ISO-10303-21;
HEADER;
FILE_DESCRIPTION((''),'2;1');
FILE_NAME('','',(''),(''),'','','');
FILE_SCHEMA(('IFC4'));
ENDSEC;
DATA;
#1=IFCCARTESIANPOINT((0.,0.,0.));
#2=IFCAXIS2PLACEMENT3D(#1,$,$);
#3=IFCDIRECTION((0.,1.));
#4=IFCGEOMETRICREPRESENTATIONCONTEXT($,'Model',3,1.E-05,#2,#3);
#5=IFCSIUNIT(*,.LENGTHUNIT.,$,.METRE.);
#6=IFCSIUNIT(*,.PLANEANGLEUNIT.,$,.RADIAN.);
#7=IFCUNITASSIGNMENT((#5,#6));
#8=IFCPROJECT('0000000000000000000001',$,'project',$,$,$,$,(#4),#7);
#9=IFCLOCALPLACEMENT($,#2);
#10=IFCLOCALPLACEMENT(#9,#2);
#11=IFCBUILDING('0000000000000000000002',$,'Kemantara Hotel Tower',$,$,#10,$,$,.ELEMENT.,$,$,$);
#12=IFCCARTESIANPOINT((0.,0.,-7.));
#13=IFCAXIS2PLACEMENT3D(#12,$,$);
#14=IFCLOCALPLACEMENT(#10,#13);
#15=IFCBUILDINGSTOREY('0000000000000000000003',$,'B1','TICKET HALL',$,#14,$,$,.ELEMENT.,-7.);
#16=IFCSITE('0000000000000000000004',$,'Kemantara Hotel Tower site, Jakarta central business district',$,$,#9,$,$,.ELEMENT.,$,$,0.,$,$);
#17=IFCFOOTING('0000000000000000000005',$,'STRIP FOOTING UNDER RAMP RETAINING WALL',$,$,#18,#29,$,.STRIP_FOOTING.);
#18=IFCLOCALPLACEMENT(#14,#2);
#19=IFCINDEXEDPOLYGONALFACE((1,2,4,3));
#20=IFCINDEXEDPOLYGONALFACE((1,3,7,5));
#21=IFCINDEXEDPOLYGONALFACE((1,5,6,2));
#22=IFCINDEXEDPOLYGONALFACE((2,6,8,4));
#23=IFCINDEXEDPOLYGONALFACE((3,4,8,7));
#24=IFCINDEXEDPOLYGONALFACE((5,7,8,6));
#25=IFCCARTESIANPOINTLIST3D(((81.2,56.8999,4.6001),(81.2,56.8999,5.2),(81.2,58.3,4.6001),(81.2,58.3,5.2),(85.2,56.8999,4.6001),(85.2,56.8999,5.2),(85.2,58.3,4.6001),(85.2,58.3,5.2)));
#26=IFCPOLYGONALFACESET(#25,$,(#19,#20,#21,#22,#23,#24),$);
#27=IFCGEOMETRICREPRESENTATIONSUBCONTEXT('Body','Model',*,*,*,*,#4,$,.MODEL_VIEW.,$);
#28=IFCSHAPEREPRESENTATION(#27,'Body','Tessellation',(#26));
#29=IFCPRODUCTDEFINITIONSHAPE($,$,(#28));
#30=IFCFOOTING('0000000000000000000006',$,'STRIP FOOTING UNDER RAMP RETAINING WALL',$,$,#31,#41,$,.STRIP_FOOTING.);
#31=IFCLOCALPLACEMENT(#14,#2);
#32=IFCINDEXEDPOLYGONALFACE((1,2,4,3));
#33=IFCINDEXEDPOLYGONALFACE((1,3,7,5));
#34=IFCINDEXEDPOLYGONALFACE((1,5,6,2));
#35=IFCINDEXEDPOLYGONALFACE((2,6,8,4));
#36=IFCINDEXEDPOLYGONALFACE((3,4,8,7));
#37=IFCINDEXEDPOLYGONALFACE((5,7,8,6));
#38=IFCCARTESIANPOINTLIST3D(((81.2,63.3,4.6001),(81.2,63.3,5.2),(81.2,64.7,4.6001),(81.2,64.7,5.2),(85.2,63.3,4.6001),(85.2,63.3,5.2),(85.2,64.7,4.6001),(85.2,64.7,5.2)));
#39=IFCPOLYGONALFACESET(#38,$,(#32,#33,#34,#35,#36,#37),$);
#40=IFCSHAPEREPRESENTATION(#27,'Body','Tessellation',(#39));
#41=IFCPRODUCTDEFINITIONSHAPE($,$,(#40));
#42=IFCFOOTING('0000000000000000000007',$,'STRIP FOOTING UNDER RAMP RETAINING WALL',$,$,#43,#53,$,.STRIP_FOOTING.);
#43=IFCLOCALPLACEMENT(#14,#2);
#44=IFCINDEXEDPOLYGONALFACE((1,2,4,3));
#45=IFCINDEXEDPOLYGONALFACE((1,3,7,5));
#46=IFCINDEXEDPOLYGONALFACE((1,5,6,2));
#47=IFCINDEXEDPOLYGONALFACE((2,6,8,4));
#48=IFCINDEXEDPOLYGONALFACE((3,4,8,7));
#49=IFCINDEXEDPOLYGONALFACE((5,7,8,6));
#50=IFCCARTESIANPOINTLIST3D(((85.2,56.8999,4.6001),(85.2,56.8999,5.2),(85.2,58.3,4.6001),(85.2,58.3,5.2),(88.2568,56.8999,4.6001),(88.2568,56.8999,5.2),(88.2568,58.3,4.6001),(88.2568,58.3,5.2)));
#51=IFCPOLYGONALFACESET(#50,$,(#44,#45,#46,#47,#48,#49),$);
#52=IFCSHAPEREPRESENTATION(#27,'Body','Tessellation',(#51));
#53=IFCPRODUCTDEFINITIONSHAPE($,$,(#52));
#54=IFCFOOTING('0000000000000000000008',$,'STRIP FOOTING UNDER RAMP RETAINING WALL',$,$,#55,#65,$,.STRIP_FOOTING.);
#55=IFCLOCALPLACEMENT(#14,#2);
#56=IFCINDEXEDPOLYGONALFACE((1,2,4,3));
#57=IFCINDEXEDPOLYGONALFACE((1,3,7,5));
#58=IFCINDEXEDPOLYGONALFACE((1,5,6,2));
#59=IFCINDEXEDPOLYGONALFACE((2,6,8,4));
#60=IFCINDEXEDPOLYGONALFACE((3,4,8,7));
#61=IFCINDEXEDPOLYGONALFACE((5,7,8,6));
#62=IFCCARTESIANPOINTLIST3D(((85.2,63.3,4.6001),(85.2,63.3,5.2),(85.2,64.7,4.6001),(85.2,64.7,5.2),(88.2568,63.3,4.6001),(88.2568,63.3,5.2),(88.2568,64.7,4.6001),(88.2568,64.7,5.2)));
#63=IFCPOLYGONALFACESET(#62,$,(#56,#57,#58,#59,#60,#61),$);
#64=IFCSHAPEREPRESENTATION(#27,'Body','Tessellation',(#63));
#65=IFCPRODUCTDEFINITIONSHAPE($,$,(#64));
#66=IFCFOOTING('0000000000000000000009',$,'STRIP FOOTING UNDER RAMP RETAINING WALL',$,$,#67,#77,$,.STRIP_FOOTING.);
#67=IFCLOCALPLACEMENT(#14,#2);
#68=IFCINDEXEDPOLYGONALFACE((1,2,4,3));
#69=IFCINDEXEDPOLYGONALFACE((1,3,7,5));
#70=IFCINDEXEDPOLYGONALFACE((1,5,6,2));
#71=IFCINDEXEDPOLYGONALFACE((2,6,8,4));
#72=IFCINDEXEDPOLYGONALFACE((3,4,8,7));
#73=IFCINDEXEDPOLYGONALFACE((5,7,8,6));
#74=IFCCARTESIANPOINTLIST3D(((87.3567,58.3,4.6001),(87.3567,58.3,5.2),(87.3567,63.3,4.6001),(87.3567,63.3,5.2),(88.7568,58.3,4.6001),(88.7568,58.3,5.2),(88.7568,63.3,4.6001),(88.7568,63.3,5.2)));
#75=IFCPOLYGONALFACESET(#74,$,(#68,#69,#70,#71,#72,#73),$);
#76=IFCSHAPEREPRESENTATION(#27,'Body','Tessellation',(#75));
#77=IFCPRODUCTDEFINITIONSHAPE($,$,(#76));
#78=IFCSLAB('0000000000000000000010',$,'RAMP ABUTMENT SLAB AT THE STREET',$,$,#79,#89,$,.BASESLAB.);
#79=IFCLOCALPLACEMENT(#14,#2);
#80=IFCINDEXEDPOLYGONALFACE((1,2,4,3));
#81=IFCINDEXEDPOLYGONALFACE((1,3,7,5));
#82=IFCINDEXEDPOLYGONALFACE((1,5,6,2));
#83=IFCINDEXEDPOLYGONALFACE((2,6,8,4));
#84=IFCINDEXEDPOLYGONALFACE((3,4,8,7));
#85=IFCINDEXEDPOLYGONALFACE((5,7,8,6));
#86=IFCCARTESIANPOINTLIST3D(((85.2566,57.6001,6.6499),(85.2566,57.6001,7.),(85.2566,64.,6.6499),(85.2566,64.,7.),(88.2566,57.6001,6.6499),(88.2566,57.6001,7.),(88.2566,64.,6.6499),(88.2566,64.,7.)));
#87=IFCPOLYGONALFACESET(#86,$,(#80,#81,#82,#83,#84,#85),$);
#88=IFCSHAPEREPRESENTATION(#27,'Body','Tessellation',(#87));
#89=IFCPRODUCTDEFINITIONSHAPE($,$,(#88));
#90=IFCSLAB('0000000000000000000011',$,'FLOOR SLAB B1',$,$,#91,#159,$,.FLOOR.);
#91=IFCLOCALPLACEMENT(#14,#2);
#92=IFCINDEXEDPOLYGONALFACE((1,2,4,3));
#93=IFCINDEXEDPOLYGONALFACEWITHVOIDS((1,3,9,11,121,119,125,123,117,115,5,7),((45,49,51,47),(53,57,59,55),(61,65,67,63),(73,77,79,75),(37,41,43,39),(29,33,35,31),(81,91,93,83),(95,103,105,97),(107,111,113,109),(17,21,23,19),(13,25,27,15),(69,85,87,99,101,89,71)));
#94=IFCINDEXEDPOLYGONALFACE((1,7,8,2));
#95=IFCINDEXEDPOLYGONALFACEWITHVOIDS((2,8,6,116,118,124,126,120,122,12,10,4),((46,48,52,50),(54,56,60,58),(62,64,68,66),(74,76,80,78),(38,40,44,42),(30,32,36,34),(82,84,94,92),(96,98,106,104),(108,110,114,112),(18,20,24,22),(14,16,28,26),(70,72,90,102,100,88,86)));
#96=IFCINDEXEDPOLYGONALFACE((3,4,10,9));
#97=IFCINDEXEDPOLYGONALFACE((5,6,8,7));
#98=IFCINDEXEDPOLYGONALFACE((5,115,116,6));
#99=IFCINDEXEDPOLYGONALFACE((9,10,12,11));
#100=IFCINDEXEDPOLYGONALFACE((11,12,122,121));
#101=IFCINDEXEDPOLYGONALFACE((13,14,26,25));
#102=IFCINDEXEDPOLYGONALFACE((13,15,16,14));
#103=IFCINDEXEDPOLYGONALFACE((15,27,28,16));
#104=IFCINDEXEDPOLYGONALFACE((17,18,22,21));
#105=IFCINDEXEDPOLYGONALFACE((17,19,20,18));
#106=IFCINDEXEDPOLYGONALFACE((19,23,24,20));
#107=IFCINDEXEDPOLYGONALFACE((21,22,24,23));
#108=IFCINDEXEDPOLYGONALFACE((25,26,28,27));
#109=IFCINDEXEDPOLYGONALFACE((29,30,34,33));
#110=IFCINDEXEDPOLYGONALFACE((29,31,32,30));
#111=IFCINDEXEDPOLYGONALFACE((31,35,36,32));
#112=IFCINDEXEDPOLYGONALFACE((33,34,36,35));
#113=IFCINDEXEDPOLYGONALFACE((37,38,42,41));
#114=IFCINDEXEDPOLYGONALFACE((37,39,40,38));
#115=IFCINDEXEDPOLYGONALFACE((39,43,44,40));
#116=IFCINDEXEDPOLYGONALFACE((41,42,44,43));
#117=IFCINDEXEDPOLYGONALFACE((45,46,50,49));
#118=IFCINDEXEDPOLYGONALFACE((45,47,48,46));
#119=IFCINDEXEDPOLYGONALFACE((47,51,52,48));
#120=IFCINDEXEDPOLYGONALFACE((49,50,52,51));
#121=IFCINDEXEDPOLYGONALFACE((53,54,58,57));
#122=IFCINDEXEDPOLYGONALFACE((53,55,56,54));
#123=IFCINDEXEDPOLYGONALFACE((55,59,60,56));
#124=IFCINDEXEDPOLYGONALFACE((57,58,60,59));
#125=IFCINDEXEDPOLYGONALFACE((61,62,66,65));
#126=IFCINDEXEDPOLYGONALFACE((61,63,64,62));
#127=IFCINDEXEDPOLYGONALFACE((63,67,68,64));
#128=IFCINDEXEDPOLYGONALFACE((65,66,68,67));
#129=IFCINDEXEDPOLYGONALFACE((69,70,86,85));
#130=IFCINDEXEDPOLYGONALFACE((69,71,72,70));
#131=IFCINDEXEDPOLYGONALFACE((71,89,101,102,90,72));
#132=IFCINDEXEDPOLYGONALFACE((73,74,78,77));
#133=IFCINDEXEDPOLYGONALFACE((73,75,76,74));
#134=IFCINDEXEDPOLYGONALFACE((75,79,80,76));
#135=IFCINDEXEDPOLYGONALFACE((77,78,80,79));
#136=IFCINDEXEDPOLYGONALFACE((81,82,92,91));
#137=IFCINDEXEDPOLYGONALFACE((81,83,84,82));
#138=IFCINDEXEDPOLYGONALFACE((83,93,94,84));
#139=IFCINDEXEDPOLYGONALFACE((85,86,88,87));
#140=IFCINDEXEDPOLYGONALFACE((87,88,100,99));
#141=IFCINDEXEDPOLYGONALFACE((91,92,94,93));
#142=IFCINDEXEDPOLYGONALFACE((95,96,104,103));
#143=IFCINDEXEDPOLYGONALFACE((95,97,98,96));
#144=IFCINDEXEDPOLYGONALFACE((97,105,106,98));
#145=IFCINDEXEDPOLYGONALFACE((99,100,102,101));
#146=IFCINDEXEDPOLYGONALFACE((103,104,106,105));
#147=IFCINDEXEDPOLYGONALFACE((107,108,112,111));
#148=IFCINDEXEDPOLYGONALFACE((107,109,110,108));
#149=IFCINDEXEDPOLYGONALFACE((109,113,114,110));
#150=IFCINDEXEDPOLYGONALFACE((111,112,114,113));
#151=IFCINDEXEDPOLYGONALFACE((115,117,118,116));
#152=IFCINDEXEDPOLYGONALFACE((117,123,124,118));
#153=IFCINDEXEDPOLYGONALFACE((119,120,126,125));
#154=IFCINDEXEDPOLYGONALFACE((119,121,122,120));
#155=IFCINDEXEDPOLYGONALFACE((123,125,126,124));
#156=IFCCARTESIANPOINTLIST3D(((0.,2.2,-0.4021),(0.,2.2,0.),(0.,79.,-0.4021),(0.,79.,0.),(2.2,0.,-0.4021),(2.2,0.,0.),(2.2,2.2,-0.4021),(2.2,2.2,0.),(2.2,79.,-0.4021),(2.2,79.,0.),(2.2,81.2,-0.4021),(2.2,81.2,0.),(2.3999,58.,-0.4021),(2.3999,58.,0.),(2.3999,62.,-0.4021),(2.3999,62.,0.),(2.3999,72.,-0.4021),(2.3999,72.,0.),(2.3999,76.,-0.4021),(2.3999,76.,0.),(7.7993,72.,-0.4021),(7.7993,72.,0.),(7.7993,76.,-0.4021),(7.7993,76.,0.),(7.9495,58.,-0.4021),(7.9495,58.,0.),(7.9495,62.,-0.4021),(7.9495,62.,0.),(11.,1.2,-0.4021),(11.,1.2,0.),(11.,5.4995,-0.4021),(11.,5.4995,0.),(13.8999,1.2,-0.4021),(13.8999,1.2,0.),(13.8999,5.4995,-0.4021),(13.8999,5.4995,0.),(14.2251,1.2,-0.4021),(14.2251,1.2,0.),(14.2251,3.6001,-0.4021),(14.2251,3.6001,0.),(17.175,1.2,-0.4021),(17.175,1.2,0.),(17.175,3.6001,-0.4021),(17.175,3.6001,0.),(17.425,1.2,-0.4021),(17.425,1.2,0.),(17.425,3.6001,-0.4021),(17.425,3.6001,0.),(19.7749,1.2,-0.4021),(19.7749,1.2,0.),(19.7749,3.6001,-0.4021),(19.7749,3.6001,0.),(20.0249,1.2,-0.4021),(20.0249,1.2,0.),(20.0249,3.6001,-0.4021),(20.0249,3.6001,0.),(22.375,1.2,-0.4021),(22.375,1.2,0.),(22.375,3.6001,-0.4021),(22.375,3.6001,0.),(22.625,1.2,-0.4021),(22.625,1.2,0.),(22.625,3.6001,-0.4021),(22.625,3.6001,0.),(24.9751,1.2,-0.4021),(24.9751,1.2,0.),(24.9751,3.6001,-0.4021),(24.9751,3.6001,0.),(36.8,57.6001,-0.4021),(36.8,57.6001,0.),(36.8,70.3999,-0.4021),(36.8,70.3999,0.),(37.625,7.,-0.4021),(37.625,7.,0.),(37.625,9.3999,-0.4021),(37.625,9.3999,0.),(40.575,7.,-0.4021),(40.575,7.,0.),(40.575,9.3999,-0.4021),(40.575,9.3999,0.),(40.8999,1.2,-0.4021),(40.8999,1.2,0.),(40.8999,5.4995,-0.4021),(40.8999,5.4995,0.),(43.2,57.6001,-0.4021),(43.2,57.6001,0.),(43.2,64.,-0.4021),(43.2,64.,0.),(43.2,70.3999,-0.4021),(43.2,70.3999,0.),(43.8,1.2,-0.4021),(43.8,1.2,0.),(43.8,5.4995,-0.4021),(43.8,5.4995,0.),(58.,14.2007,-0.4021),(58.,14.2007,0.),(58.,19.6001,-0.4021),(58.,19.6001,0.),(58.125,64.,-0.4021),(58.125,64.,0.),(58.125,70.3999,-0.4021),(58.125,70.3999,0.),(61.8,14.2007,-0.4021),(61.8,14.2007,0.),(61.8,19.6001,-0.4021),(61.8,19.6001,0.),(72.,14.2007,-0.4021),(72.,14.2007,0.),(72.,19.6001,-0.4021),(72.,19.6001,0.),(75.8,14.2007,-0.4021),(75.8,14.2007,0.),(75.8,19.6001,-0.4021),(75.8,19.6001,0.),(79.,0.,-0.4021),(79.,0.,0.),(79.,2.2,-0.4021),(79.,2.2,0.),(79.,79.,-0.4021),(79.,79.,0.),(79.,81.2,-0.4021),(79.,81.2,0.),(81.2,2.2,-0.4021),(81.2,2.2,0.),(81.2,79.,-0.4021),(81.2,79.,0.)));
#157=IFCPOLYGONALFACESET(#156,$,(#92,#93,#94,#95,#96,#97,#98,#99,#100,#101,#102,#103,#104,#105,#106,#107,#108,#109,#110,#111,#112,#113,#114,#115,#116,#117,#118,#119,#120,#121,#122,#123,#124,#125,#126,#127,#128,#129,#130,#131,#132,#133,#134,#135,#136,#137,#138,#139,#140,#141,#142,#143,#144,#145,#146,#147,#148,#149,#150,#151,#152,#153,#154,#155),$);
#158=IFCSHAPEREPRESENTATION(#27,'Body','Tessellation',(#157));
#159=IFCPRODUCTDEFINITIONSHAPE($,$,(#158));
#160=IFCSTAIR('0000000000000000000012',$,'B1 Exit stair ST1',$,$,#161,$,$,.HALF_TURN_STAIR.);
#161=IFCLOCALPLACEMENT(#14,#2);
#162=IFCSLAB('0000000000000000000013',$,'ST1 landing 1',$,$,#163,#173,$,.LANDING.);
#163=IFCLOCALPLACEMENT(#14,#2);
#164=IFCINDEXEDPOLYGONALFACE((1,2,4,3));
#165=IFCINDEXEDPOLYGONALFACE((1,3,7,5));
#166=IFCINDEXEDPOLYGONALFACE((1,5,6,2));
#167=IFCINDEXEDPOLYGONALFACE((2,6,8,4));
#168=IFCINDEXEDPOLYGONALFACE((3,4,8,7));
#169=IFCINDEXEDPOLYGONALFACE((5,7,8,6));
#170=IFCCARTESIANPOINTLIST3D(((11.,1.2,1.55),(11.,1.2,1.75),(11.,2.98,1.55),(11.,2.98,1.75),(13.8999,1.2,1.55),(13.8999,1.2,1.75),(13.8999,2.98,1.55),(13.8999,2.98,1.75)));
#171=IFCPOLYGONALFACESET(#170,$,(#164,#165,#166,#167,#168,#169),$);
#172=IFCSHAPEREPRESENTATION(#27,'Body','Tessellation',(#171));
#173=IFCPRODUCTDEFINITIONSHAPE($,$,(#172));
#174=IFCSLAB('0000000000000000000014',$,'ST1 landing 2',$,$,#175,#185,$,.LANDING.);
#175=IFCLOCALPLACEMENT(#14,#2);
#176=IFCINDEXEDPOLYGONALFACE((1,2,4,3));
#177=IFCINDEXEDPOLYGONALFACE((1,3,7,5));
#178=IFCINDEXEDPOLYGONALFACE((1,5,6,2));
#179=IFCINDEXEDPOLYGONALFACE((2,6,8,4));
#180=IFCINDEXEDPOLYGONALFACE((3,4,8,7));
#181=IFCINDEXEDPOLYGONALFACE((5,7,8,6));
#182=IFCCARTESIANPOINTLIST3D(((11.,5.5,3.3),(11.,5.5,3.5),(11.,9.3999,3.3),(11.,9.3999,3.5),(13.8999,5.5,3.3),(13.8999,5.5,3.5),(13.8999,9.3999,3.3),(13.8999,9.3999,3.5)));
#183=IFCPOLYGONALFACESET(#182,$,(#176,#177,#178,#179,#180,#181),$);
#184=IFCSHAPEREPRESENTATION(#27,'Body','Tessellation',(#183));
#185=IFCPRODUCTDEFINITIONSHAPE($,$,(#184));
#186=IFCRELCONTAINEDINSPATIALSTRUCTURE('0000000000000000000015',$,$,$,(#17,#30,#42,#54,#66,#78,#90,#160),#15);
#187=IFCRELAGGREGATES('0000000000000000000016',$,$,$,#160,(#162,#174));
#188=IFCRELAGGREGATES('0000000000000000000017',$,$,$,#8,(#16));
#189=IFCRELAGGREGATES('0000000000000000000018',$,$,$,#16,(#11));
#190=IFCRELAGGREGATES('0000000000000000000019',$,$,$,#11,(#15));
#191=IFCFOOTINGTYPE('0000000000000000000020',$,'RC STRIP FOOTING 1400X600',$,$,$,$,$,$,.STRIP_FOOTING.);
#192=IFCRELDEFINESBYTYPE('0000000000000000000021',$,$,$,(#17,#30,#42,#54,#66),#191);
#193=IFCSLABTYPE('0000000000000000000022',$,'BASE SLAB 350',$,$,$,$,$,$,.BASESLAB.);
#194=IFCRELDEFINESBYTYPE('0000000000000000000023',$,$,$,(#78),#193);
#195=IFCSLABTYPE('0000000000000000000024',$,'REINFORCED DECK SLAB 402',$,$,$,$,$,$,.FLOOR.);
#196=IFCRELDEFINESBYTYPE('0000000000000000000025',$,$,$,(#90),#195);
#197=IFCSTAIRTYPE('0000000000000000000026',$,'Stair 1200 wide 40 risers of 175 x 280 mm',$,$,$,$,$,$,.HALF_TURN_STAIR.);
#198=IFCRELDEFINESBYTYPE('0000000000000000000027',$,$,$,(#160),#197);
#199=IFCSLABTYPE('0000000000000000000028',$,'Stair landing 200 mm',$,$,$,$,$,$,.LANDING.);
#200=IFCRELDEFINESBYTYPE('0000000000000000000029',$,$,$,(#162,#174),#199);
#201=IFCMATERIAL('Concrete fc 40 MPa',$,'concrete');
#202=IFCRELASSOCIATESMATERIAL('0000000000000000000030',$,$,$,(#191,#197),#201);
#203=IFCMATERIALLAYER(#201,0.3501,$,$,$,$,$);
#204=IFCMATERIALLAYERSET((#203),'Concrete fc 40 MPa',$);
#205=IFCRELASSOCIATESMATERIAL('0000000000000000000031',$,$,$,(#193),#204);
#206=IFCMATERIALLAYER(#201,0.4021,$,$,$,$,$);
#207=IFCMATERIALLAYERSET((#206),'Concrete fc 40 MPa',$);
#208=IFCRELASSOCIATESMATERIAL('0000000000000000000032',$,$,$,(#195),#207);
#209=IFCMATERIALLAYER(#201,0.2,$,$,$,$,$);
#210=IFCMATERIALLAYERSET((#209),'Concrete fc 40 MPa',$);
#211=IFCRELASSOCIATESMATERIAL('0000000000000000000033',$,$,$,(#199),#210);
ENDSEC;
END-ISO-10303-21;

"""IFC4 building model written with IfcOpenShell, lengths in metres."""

from ifc_helpers import new_model, si_unit, direction, frame, origin, place, context, subcontext, project, spatial, polyline, outline, extrude, material, layer, layer_set, type_object, element, aggregate, save


model = new_model("IFC4")

# Units and contexts
model_context = context("Model", 3, precision=1e-05, world=origin(), true_north=direction((0.0, 1.0)))
body_context = subcontext(model_context, "Body", "Model", "MODEL_VIEW")
ifc_project = project(units=[si_unit("LENGTHUNIT", "METRE"), si_unit("PLANEANGLEUNIT", "RADIAN")], contexts=[model_context])

# Site, building, storey
site_placement = place(None, origin())
site = spatial("IfcSite", under=ifc_project, at=site_placement, Name="Kemantara Hotel Tower site, Jakarta central business district", CompositionType="ELEMENT", RefElevation=0.0)
building_placement = place(site_placement, origin())
building = spatial("IfcBuilding", under=site, at=building_placement, Name="Kemantara Hotel Tower", CompositionType="ELEMENT")
storey_placement = place(building_placement, frame((0.0, 0.0, -7.0)))
storey = spatial("IfcBuildingStorey", under=building, at=storey_placement, Name="B1", Description="TICKET HALL", CompositionType="ELEMENT", Elevation=-7.0)

# Footings
ifc_material = material(Name="Concrete fc 40 MPa", Category="concrete")
footing_type = type_object("IfcFootingType", Name="RC STRIP FOOTING 1400X600", PredefinedType="STRIP_FOOTING", material=ifc_material)
footing_1_placement = place(storey_placement, frame((0.0, 0.0, 4.6001)))
element("IfcFooting", 1, at=footing_1_placement, inside=storey, type_object=footing_type, Name="STRIP FOOTING UNDER RAMP RETAINING WALL", PredefinedType="STRIP_FOOTING", context=body_context, shape_type="SweptSolid", body=[
    extrude(outline(polyline([(81.2, 56.8999), (85.2, 56.8999), (85.2, 58.3), (81.2, 58.3), (81.2, 56.8999)])), origin(), (0.0, 0.0, 1.0), 0.5999),
])
footing_2_placement = place(storey_placement, frame((0.0, 0.0, 4.6001)))
element("IfcFooting", 2, at=footing_2_placement, inside=storey, type_object=footing_type, Name="STRIP FOOTING UNDER RAMP RETAINING WALL", PredefinedType="STRIP_FOOTING", context=body_context, shape_type="SweptSolid", body=[
    extrude(outline(polyline([(81.2, 63.3), (85.2, 63.3), (85.2, 64.7), (81.2, 64.7), (81.2, 63.3)])), origin(), (0.0, 0.0, 1.0), 0.5999),
])
footing_3_placement = place(storey_placement, frame((0.0, 0.0, 4.6001)))
element("IfcFooting", 3, at=footing_3_placement, inside=storey, type_object=footing_type, Name="STRIP FOOTING UNDER RAMP RETAINING WALL", PredefinedType="STRIP_FOOTING", context=body_context, shape_type="SweptSolid", body=[
    extrude(outline(polyline([(85.2, 56.8999), (88.2568, 56.8999), (88.2568, 58.3), (85.2, 58.3), (85.2, 56.8999)])), origin(), (0.0, 0.0, 1.0), 0.5999),
])
footing_4_placement = place(storey_placement, frame((0.0, 0.0, 4.6001)))
element("IfcFooting", 4, at=footing_4_placement, inside=storey, type_object=footing_type, Name="STRIP FOOTING UNDER RAMP RETAINING WALL", PredefinedType="STRIP_FOOTING", context=body_context, shape_type="SweptSolid", body=[
    extrude(outline(polyline([(85.2, 63.3), (88.2568, 63.3), (88.2568, 64.7), (85.2, 64.7), (85.2, 63.3)])), origin(), (0.0, 0.0, 1.0), 0.5999),
])
footing_5_placement = place(storey_placement, frame((0.0, 0.0, 4.6001)))
element("IfcFooting", 5, at=footing_5_placement, inside=storey, type_object=footing_type, Name="STRIP FOOTING UNDER RAMP RETAINING WALL", PredefinedType="STRIP_FOOTING", context=body_context, shape_type="SweptSolid", body=[
    extrude(outline(polyline([(87.3567, 58.3), (88.7568, 58.3), (88.7568, 63.3), (87.3567, 63.3), (87.3567, 58.3)])), origin(), (0.0, 0.0, 1.0), 0.5999),
])

# Slabs
ifc_layer_1 = layer(ifc_material, 0.3501)
ifc_layer_set_1 = layer_set([ifc_layer_1], Name="Concrete fc 40 MPa")
slab_type_1 = type_object("IfcSlabType", Name="BASE SLAB 350", PredefinedType="BASESLAB", material=ifc_layer_set_1)
slab_1_placement = place(storey_placement, frame((0.0, 0.0, 6.6499)))
element("IfcSlab", 6, at=slab_1_placement, inside=storey, type_object=slab_type_1, Name="RAMP ABUTMENT SLAB AT THE STREET", PredefinedType="BASESLAB", context=body_context, shape_type="SweptSolid", body=[
    extrude(outline(polyline([(88.2566, 57.6001), (88.2566, 64.0), (85.2566, 64.0), (85.2566, 57.6001), (88.2566, 57.6001)])), origin(), (0.0, 0.0, 1.0), 0.3501),
])
ifc_layer_2 = layer(ifc_material, 0.4021)
ifc_layer_set_2 = layer_set([ifc_layer_2], Name="Concrete fc 40 MPa")
slab_type_2 = type_object("IfcSlabType", Name="REINFORCED DECK SLAB 402", PredefinedType="FLOOR", material=ifc_layer_set_2)
slab_2_placement = place(storey_placement, frame((0.0, 0.0, -0.4021)))
element("IfcSlab", 7, at=slab_2_placement, inside=storey, type_object=slab_type_2, Name="FLOOR SLAB B1", PredefinedType="FLOOR", context=body_context, shape_type="SweptSolid", body=[
    extrude(outline(polyline([(81.2, 2.2), (81.2, 79.0), (79.0, 79.0), (79.0, 81.2), (2.2, 81.2), (2.2, 79.0), (0.0, 79.0), (0.0, 2.2), (2.2, 2.2), (2.2, 0.0), (79.0, 0.0), (79.0, 2.2), (81.2, 2.2)]), holes=[polyline([(17.175, 3.6001), (17.175, 1.2), (14.2251, 1.2), (14.2251, 3.6001), (17.175, 3.6001)]), polyline([(19.7749, 1.2), (17.425, 1.2), (17.425, 3.6001), (19.7749, 3.6001), (19.7749, 1.2)]), polyline([(22.375, 1.2), (20.0249, 1.2), (20.0249, 3.6001), (22.375, 3.6001), (22.375, 1.2)]), polyline([(24.9751, 3.6001), (24.9751, 1.2), (22.625, 1.2), (22.625, 3.6001), (24.9751, 3.6001)]), polyline([(11.0, 1.2), (11.0, 5.4995), (13.8999, 5.4995), (13.8999, 1.2), (11.0, 1.2)]), polyline([(2.3999, 62.0), (7.9495, 62.0), (7.9495, 58.0), (2.3999, 58.0), (2.3999, 62.0)]), polyline([(2.3999, 72.0), (2.3999, 76.0), (7.7993, 76.0), (7.7993, 72.0), (2.3999, 72.0)]), polyline([(40.8999, 1.2), (40.8999, 5.4995), (43.8, 5.4995), (43.8, 1.2), (40.8999, 1.2)]), polyline([(40.575, 7.0), (37.625, 7.0), (37.625, 9.3999), (40.575, 9.3999), (40.575, 7.0)]), polyline([(61.8, 19.6001), (61.8, 14.2007), (58.0, 14.2007), (58.0, 19.6001), (61.8, 19.6001)]), polyline([(75.8, 19.6001), (75.8, 14.2007), (72.0, 14.2007), (72.0, 19.6001), (75.8, 19.6001)]), polyline([(36.8, 70.3999), (43.2, 70.3999), (58.125, 70.3999), (58.125, 64.0), (43.2, 64.0), (43.2, 57.6001), (36.8, 57.6001), (36.8, 70.3999)])]), origin(), (0.0, 0.0, 1.0), 0.4021),
])

# Stair, slabs
stair_type_1 = type_object("IfcStairType", Name="Stair 1200 wide 40 risers of 175 x 280 mm", PredefinedType="HALF_TURN_STAIR", material=ifc_material)
stair_1_placement = place(storey_placement, origin())
stair_1 = element("IfcStair", 8, at=stair_1_placement, inside=storey, type_object=stair_type_1, Name="B1 Exit stair ST1", PredefinedType="HALF_TURN_STAIR")
ifc_layer_3 = layer(ifc_material, 0.2)
ifc_layer_set_3 = layer_set([ifc_layer_3], Name="Concrete fc 40 MPa")
slab_type_3 = type_object("IfcSlabType", Name="Stair landing 200 mm", PredefinedType="LANDING", material=ifc_layer_set_3)
slab_3_placement = place(storey_placement, frame((0.0, 0.0, 1.55)))
slab_3 = element("IfcSlab", 9, at=slab_3_placement, type_object=slab_type_3, Name="ST1 landing 1", PredefinedType="LANDING", context=body_context, shape_type="SweptSolid", body=[
    extrude(outline(polyline([(11.0, 2.98), (11.0, 1.2), (13.8999, 1.2), (13.8999, 2.98), (11.0, 2.98)])), origin(), (0.0, 0.0, 1.0), 0.2),
])
slab_4_placement = place(storey_placement, frame((0.0, 0.0, 3.3)))
slab_4 = element("IfcSlab", 10, at=slab_4_placement, type_object=slab_type_3, Name="ST1 landing 2", PredefinedType="LANDING", context=body_context, shape_type="SweptSolid", body=[
    extrude(outline(polyline([(11.0, 9.3999), (11.0, 5.5), (13.8999, 5.5), (13.8999, 9.3999), (11.0, 9.3999)])), origin(), (0.0, 0.0, 1.0), 0.2),
])
aggregate(stair_1, [slab_3, slab_4])

save(model, "model.ifc")
